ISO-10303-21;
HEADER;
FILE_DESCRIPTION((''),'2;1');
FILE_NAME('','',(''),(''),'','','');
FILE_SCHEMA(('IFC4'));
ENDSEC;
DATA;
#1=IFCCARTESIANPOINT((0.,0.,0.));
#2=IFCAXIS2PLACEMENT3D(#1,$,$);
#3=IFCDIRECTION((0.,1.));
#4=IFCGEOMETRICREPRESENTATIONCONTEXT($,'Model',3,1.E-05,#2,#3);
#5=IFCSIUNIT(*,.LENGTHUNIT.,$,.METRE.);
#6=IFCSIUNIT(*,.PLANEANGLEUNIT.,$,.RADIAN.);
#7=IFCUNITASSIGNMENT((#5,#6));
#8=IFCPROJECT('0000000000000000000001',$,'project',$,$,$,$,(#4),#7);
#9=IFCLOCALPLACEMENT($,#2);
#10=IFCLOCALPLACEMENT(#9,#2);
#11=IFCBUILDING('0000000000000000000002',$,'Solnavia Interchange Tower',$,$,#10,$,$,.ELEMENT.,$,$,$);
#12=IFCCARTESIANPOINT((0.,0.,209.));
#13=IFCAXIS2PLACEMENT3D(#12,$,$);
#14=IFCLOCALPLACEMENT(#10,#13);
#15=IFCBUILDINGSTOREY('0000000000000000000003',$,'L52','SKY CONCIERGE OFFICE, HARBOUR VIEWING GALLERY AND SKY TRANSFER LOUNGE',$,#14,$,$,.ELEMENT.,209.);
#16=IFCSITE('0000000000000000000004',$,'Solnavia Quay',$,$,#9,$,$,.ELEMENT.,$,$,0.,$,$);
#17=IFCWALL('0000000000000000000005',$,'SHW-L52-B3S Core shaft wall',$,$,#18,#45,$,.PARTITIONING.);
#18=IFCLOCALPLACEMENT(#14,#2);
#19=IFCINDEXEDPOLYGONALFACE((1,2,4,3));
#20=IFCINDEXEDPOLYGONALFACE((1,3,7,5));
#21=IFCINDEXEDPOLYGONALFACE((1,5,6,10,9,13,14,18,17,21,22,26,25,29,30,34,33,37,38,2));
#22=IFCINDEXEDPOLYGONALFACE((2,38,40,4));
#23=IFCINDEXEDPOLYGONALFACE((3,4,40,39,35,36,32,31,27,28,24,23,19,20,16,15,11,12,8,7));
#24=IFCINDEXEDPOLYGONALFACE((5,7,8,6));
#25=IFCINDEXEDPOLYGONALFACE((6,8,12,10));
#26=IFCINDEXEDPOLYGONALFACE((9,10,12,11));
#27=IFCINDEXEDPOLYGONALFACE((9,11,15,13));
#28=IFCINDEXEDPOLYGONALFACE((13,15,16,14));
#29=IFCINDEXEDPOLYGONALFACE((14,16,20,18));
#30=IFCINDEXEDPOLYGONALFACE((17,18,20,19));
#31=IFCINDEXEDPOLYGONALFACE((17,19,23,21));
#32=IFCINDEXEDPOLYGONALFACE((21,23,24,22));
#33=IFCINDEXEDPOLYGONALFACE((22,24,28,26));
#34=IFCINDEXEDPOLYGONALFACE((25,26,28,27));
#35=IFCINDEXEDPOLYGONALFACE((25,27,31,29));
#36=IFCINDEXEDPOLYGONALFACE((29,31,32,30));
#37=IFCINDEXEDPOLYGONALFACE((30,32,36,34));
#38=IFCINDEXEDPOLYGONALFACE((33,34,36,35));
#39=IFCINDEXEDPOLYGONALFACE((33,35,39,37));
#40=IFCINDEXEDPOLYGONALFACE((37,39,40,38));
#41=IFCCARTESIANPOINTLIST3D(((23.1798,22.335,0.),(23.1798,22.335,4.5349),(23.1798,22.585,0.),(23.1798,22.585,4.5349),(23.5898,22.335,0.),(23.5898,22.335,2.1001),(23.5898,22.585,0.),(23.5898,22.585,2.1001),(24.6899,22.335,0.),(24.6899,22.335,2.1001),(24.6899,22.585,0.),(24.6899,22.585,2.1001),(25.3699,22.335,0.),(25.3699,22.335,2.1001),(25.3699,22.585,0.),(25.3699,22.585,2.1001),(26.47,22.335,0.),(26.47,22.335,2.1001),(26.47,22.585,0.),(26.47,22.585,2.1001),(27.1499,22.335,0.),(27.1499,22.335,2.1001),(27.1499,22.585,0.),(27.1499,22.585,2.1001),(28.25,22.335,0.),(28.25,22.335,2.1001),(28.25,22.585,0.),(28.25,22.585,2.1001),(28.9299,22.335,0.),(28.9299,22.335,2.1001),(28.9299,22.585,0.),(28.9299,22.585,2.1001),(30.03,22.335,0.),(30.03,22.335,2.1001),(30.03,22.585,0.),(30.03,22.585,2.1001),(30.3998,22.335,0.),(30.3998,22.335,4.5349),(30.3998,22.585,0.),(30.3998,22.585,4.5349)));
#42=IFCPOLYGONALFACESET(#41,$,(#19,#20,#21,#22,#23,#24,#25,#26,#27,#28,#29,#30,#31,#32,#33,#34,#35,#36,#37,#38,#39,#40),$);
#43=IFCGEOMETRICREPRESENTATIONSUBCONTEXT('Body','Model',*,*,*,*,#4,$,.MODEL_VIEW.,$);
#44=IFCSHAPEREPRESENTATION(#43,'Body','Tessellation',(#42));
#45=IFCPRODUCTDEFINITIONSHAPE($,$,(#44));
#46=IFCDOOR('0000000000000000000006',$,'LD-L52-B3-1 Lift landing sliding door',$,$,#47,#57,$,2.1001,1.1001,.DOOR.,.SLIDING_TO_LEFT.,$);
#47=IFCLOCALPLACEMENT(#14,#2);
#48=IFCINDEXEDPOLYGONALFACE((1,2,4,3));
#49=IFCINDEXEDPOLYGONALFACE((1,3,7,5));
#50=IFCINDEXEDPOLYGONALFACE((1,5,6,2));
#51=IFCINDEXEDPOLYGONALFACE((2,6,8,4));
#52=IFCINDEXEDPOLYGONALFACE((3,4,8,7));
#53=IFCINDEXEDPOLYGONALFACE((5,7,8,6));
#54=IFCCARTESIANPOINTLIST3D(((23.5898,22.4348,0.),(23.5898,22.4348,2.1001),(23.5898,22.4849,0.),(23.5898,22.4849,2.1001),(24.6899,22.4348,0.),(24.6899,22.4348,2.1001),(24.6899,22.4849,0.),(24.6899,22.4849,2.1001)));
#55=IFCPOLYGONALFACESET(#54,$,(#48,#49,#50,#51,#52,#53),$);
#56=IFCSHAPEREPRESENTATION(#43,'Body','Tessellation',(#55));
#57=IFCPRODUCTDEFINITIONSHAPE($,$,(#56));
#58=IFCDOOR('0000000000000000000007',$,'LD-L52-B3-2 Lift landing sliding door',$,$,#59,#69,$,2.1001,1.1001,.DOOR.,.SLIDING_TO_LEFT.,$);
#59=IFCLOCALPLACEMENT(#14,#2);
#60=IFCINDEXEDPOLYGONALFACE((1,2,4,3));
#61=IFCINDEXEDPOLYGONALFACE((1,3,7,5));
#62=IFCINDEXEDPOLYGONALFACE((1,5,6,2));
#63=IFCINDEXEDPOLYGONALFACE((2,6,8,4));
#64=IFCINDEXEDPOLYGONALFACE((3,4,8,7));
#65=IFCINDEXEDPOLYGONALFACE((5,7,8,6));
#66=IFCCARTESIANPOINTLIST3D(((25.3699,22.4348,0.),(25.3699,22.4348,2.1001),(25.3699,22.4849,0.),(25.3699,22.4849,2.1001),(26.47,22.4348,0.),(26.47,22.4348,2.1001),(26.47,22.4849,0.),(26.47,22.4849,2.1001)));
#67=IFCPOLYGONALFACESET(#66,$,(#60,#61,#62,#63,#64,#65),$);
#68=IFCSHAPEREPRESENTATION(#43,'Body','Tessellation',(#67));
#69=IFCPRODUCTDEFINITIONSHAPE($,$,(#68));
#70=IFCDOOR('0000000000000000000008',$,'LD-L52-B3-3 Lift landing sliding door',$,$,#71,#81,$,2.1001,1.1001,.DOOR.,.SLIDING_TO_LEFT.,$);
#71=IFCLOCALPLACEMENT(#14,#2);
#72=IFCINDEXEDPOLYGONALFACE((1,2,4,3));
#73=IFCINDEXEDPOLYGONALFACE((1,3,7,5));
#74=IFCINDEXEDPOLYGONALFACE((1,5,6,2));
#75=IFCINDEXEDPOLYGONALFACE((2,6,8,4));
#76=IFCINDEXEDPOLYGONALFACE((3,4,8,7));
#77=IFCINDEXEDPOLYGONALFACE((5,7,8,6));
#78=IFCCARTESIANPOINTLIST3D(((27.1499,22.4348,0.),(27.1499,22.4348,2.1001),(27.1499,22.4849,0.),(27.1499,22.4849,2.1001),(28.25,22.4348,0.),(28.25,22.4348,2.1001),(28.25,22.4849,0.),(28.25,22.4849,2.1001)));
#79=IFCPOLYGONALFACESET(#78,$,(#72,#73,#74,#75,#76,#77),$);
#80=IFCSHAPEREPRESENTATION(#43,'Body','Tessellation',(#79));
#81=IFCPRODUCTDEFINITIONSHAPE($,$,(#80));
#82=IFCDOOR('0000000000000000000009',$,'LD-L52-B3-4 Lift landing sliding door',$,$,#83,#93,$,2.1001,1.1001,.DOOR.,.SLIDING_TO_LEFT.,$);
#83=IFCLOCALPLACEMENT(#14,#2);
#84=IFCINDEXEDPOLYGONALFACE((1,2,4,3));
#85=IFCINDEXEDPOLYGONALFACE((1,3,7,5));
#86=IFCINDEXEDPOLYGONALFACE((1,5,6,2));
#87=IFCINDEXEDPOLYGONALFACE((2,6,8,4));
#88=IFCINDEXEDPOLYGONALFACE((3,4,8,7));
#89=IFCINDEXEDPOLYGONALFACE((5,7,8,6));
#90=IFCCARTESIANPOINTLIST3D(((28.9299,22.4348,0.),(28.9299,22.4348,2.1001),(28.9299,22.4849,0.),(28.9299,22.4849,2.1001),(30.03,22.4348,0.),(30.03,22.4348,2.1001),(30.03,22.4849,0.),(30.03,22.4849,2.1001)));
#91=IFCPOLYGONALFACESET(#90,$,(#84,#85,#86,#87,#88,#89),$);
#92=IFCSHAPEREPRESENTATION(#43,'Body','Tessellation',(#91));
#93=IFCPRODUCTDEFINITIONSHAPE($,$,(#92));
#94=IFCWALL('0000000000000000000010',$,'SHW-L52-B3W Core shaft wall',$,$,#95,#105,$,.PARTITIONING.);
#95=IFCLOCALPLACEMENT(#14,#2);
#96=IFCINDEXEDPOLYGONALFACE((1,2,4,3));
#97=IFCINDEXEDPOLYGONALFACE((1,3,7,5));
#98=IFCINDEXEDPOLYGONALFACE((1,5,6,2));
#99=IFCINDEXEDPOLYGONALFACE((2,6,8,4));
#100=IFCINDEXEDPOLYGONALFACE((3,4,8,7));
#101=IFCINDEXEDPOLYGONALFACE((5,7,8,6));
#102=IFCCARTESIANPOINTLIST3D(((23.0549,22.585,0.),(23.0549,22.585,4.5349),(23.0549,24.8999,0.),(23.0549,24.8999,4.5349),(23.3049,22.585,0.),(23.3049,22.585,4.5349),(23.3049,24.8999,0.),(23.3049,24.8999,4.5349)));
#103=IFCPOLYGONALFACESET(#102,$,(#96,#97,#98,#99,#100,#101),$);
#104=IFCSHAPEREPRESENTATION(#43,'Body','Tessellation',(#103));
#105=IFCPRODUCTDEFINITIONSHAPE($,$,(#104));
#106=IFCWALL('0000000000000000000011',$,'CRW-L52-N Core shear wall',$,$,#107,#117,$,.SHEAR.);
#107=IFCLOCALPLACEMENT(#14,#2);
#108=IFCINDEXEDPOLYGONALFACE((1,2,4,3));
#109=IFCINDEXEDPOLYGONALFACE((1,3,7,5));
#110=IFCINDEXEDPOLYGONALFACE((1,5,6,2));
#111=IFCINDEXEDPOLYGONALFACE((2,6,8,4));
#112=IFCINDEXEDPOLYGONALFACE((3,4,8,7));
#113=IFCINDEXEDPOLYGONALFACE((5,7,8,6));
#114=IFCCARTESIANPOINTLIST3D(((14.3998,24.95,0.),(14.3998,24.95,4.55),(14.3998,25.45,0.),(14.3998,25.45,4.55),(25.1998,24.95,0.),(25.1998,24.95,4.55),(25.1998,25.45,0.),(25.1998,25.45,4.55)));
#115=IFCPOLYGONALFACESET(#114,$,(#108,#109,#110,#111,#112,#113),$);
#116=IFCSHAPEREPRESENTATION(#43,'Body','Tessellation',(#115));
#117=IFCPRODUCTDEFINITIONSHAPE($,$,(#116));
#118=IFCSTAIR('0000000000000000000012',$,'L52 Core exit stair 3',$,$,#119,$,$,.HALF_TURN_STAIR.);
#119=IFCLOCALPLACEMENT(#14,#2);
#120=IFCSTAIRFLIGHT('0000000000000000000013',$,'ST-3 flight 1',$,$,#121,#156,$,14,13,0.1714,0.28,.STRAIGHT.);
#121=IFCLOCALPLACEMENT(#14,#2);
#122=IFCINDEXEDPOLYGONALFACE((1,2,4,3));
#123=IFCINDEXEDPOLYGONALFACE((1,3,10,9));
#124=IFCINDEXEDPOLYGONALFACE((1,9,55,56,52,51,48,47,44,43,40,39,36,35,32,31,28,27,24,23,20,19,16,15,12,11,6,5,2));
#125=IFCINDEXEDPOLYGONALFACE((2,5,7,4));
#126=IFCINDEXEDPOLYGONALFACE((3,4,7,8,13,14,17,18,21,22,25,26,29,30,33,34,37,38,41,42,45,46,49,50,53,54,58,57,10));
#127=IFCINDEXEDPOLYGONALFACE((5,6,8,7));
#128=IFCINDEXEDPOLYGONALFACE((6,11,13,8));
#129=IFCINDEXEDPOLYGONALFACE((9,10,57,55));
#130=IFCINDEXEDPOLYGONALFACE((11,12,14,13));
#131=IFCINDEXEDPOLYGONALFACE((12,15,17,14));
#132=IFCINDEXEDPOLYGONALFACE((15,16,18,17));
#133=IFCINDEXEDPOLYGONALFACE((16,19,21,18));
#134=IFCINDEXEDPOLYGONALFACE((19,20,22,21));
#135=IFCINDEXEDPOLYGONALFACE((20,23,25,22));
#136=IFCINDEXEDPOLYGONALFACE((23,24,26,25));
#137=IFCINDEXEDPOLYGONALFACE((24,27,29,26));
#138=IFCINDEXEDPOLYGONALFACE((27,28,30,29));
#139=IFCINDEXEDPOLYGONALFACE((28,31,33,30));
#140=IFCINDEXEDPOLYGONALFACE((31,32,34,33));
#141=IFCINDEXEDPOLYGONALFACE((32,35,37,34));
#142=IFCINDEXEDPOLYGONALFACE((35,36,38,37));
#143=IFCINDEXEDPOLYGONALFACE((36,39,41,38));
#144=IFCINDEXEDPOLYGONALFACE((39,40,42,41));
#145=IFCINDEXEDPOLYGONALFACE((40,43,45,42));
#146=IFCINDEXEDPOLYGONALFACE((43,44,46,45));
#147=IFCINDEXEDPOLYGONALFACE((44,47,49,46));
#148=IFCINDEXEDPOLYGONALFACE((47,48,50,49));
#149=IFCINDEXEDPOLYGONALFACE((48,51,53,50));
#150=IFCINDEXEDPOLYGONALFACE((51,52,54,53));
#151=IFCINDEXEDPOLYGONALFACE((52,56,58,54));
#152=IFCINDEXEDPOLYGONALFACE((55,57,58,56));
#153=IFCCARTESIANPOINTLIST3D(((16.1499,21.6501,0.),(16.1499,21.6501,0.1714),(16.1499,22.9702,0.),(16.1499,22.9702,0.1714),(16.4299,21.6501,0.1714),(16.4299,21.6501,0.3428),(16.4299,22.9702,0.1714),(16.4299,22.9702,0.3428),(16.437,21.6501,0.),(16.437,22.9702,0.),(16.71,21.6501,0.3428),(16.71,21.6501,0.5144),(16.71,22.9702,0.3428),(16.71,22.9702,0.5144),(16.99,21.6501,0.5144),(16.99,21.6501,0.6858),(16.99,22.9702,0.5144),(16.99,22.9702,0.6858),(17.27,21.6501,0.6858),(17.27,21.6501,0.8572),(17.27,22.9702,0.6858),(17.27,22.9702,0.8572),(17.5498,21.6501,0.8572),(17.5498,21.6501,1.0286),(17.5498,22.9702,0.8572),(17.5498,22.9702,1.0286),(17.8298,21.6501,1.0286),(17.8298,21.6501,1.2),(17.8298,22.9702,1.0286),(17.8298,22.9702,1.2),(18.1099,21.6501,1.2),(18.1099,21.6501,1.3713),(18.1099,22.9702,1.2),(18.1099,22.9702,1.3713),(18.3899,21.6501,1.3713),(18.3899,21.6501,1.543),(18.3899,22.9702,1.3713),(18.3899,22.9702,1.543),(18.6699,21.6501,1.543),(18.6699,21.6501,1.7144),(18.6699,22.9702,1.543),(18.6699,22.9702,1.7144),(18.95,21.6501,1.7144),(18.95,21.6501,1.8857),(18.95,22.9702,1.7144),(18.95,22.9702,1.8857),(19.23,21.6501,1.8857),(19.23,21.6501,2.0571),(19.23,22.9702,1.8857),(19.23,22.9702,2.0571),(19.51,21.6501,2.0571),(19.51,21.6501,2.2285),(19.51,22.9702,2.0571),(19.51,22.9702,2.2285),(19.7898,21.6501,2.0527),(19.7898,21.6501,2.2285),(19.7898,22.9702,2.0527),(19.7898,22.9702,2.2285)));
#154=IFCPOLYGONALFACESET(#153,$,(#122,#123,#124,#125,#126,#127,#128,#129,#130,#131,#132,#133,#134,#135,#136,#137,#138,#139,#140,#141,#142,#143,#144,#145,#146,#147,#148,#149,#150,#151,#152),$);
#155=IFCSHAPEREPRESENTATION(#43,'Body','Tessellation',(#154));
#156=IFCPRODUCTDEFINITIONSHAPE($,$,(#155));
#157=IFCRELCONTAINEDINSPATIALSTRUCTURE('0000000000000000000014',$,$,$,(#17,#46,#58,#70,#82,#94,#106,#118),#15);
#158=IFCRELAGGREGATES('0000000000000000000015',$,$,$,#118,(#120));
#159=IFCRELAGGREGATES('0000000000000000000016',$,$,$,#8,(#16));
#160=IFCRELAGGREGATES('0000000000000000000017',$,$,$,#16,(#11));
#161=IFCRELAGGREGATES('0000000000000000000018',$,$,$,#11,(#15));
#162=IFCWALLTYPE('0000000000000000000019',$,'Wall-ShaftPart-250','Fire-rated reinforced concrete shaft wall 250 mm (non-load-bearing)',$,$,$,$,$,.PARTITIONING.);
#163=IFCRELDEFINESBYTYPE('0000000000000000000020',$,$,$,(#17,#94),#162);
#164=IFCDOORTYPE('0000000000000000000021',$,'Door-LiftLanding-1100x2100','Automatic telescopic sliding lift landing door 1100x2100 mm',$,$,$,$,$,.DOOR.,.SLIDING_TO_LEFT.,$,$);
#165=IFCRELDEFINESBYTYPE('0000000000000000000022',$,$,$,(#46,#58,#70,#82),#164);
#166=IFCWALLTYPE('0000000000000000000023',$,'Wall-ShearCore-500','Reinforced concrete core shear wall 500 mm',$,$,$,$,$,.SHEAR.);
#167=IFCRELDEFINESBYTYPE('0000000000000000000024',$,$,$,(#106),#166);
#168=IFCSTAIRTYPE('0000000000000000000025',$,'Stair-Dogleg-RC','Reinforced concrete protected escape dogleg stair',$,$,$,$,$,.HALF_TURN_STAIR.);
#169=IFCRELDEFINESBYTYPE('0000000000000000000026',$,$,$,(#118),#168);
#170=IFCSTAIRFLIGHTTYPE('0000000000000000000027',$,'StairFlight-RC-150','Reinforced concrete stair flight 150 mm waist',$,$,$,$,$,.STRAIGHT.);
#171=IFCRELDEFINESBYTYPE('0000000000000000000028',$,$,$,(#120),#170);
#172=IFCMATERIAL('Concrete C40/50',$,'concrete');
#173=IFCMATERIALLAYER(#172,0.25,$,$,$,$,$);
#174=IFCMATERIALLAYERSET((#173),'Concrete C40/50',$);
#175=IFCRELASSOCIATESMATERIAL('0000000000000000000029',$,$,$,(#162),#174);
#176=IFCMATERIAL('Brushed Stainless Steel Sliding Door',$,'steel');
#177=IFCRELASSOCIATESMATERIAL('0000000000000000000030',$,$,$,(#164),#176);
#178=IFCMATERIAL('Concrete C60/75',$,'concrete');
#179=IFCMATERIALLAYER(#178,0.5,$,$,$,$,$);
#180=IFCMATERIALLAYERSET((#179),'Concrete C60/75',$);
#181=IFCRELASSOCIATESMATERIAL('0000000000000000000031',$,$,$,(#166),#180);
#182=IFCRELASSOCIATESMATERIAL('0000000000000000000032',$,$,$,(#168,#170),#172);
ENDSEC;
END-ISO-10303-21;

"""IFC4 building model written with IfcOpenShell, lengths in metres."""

from ifc_helpers import new_model, si_unit, direction, frame, frame_2d, origin, place, context, subcontext, project, spatial, polyline, rectangle, outline, extrude, material, layer, layer_set, type_object, element, fill, aggregate, save


model = new_model("IFC4")

# Units and contexts
model_context = context("Model", 3, precision=1e-05, world=origin(), true_north=direction((0.0, 1.0)))
body_context = subcontext(model_context, "Body", "Model", "MODEL_VIEW")
ifc_project = project(units=[si_unit("LENGTHUNIT", "METRE"), si_unit("PLANEANGLEUNIT", "RADIAN")], contexts=[model_context])

# Site, building, storey
site_placement = place(None, origin())
site = spatial("IfcSite", under=ifc_project, at=site_placement, Name="Solnavia Quay", CompositionType="ELEMENT", RefElevation=0.0)
building_placement = place(site_placement, origin())
building = spatial("IfcBuilding", under=site, at=building_placement, Name="Solnavia Interchange Tower", CompositionType="ELEMENT")
storey_placement = place(building_placement, frame((0.0, 0.0, 209.0)))
storey = spatial("IfcBuildingStorey", under=building, at=storey_placement, Name="L52", Description="SKY CONCIERGE OFFICE, HARBOUR VIEWING GALLERY AND SKY TRANSFER LOUNGE", CompositionType="ELEMENT", Elevation=209.0)

# Shared definitions
ifc_material_1 = material(Name="Concrete C40/50", Category="concrete")

# Wall, openings, doors
ifc_layer_1 = layer(ifc_material_1, 0.25)
ifc_layer_set_1 = layer_set([ifc_layer_1], Name="Concrete C40/50")
wall_type_1 = type_object("IfcWallType", Name="Wall-ShaftPart-250", Description="Fire-rated reinforced concrete shaft wall 250 mm (non-load-bearing)", PredefinedType="PARTITIONING", material=ifc_layer_set_1)
wall_1_placement = place(storey_placement, frame((23.1799, 22.46, 0.0), z_axis=(0.0, 0.0, 1.0), x_axis=(1.0, 0.0, 0.0)))
wall_1 = element("IfcWall", 1, at=wall_1_placement, inside=storey, type_object=wall_type_1, Name="SHW-L52-B3S Core shaft wall", PredefinedType="PARTITIONING", context=body_context, shape_type="SweptSolid", body=[
    extrude(rectangle(XDim=7.22, YDim=0.25, at=frame_2d((3.6099, 0.0))), origin(), (0.0, 0.0, 1.0), 4.5349),
])
opening_1_placement = place(wall_1_placement, frame((0.4099, 0.0, 0.0)))
opening_1 = element("IfcOpeningElement", 2, at=opening_1_placement, cuts=wall_1, PredefinedType="OPENING", context=body_context, shape_type="SweptSolid", body=[
    extrude(rectangle(XDim=1.1001, YDim=2.1001, at=frame_2d((0.55, 1.05))), frame((0.0, 0.135, 0.0), z_axis=(0.0, -1.0, 0.0), x_axis=(1.0, 0.0, 0.0)), (0.0, 0.0, 1.0), 0.27),
])
opening_2_placement = place(wall_1_placement, frame((2.1899, 0.0, 0.0)))
opening_2 = element("IfcOpeningElement", 3, at=opening_2_placement, cuts=wall_1, PredefinedType="OPENING", context=body_context, shape_type="SweptSolid", body=[
    extrude(rectangle(XDim=1.1001, YDim=2.1001, at=frame_2d((0.55, 1.05))), frame((0.0, 0.135, 0.0), z_axis=(0.0, -1.0, 0.0), x_axis=(1.0, 0.0, 0.0)), (0.0, 0.0, 1.0), 0.27),
])
opening_3_placement = place(wall_1_placement, frame((3.97, 0.0, 0.0)))
opening_3 = element("IfcOpeningElement", 4, at=opening_3_placement, cuts=wall_1, PredefinedType="OPENING", context=body_context, shape_type="SweptSolid", body=[
    extrude(rectangle(XDim=1.1001, YDim=2.1001, at=frame_2d((0.55, 1.05))), frame((0.0, 0.135, 0.0), z_axis=(0.0, -1.0, 0.0), x_axis=(1.0, 0.0, 0.0)), (0.0, 0.0, 1.0), 0.27),
])
opening_4_placement = place(wall_1_placement, frame((5.75, 0.0, 0.0)))
opening_4 = element("IfcOpeningElement", 5, at=opening_4_placement, cuts=wall_1, PredefinedType="OPENING", context=body_context, shape_type="SweptSolid", body=[
    extrude(rectangle(XDim=1.1001, YDim=2.1001, at=frame_2d((0.55, 1.05))), frame((0.0, 0.135, 0.0), z_axis=(0.0, -1.0, 0.0), x_axis=(1.0, 0.0, 0.0)), (0.0, 0.0, 1.0), 0.27),
])
ifc_material_2 = material(Name="Brushed Stainless Steel Sliding Door", Category="steel")
door_type_1 = type_object("IfcDoorType", Name="Door-LiftLanding-1100x2100", Description="Automatic telescopic sliding lift landing door 1100x2100 mm", OperationType="SLIDING_TO_LEFT", PredefinedType="DOOR", material=ifc_material_2)
door_1_placement = place(opening_1_placement, origin())
door_1 = element("IfcDoor", 6, at=door_1_placement, inside=storey, type_object=door_type_1, Name="LD-L52-B3-1 Lift landing sliding door", OperationType="SLIDING_TO_LEFT", OverallHeight=2.1001, OverallWidth=1.1001, PredefinedType="DOOR", context=body_context, shape_type="SweptSolid", body=[
    extrude(rectangle(XDim=1.1001, YDim=2.1001, at=frame_2d((0.55, 1.05))), frame((0.0, 0.0249, 0.0), z_axis=(0.0, -1.0, 0.0), x_axis=(1.0, 0.0, 0.0)), (0.0, 0.0, 1.0), 0.05),
])
fill(opening_1, door_1)
door_2_placement = place(opening_2_placement, origin())
door_2 = element("IfcDoor", 7, at=door_2_placement, inside=storey, type_object=door_type_1, Name="LD-L52-B3-2 Lift landing sliding door", OperationType="SLIDING_TO_LEFT", OverallHeight=2.1001, OverallWidth=1.1001, PredefinedType="DOOR", context=body_context, shape_type="SweptSolid", body=[
    extrude(rectangle(XDim=1.1001, YDim=2.1001, at=frame_2d((0.55, 1.05))), frame((0.0, 0.0249, 0.0), z_axis=(0.0, -1.0, 0.0), x_axis=(1.0, 0.0, 0.0)), (0.0, 0.0, 1.0), 0.05),
])
fill(opening_2, door_2)
door_3_placement = place(opening_3_placement, origin())
door_3 = element("IfcDoor", 8, at=door_3_placement, inside=storey, type_object=door_type_1, Name="LD-L52-B3-3 Lift landing sliding door", OperationType="SLIDING_TO_LEFT", OverallHeight=2.1001, OverallWidth=1.1001, PredefinedType="DOOR", context=body_context, shape_type="SweptSolid", body=[
    extrude(rectangle(XDim=1.1001, YDim=2.1001, at=frame_2d((0.55, 1.05))), frame((0.0, 0.0249, 0.0), z_axis=(0.0, -1.0, 0.0), x_axis=(1.0, 0.0, 0.0)), (0.0, 0.0, 1.0), 0.05),
])
fill(opening_3, door_3)
door_4_placement = place(opening_4_placement, origin())
door_4 = element("IfcDoor", 9, at=door_4_placement, inside=storey, type_object=door_type_1, Name="LD-L52-B3-4 Lift landing sliding door", OperationType="SLIDING_TO_LEFT", OverallHeight=2.1001, OverallWidth=1.1001, PredefinedType="DOOR", context=body_context, shape_type="SweptSolid", body=[
    extrude(rectangle(XDim=1.1001, YDim=2.1001, at=frame_2d((0.55, 1.05))), frame((0.0, 0.0249, 0.0), z_axis=(0.0, -1.0, 0.0), x_axis=(1.0, 0.0, 0.0)), (0.0, 0.0, 1.0), 0.05),
])
fill(opening_4, door_4)

# Walls
wall_2_placement = place(storey_placement, frame((23.1799, 22.585, 0.0), z_axis=(0.0, 0.0, 1.0), x_axis=(0.0, 1.0, 0.0)))
element("IfcWall", 10, at=wall_2_placement, inside=storey, type_object=wall_type_1, Name="SHW-L52-B3W Core shaft wall", PredefinedType="PARTITIONING", context=body_context, shape_type="SweptSolid", body=[
    extrude(rectangle(XDim=2.3149, YDim=0.25, at=frame_2d((1.1575, 0.0))), origin(), (0.0, 0.0, 1.0), 4.5349),
])
ifc_material_3 = material(Name="Concrete C60/75", Category="concrete")
ifc_layer_2 = layer(ifc_material_3, 0.5)
ifc_layer_set_2 = layer_set([ifc_layer_2], Name="Concrete C60/75")
wall_type_2 = type_object("IfcWallType", Name="Wall-ShearCore-500", Description="Reinforced concrete core shear wall 500 mm", PredefinedType="SHEAR", material=ifc_layer_set_2)
wall_3_placement = place(storey_placement, frame((14.3999, 25.2, 0.0), z_axis=(0.0, 0.0, 1.0), x_axis=(1.0, 0.0, 0.0)))
element("IfcWall", 11, at=wall_3_placement, inside=storey, type_object=wall_type_2, Name="CRW-L52-N Core shear wall", PredefinedType="SHEAR", context=body_context, shape_type="SweptSolid", body=[
    extrude(rectangle(XDim=10.8, YDim=0.5, at=frame_2d((5.3999, 0.0))), origin(), (0.0, 0.0, 1.0), 4.55),
])

# Stair, stair flight
stair_type = type_object("IfcStairType", Name="Stair-Dogleg-RC", Description="Reinforced concrete protected escape dogleg stair", PredefinedType="HALF_TURN_STAIR", material=ifc_material_1)
stair_placement = place(storey_placement, origin())
stair = element("IfcStair", 12, at=stair_placement, inside=storey, type_object=stair_type, Name="L52 Core exit stair 3", PredefinedType="HALF_TURN_STAIR")
stair_flight_type = type_object("IfcStairFlightType", Name="StairFlight-RC-150", Description="Reinforced concrete stair flight 150 mm waist", PredefinedType="STRAIGHT", material=ifc_material_1)
stair_flight_1_placement = place(storey_placement, frame((16.1499, 22.3101, 0.0), z_axis=(0.0, 0.0, 1.0), x_axis=(1.0, 0.0, 0.0)))
stair_flight_1 = element("IfcStairFlight", 13, at=stair_flight_1_placement, type_object=stair_flight_type, Name="ST-3 flight 1", NumberOfRisers=14, NumberOfTreads=13, PredefinedType="STRAIGHT", RiserHeight=0.1714, TreadLength=0.28, context=body_context, shape_type="SweptSolid", body=[
    extrude(outline(polyline([(0.0, 0.0), (0.0, 0.1714), (0.28, 0.1714), (0.28, 0.3428), (0.5601, 0.3428), (0.5601, 0.5144), (0.8401, 0.5144), (0.8401, 0.6858), (1.1201, 0.6858), (1.1201, 0.8572), (1.3999, 0.8572), (1.3999, 1.0286), (1.6799, 1.0286), (1.6799, 1.2), (1.96, 1.2), (1.96, 1.3713), (2.24, 1.3713), (2.24, 1.543), (2.52, 1.543), (2.52, 1.7144), (2.8, 1.7144), (2.8, 1.8857), (3.0801, 1.8857), (3.0801, 2.0571), (3.3601, 2.0571), (3.3601, 2.2285), (3.6399, 2.2285), (3.6399, 2.3999), (3.6399, 2.0527), (0.2871, 0.0), (0.0, 0.0)])), frame((0.0, 0.6602, 0.0), z_axis=(0.0, -1.0, 0.0), x_axis=(1.0, 0.0, 0.0)), (0.0, 0.0, 1.0), 1.3201),
])
aggregate(stair, [stair_flight_1])

save(model, "model.ifc")
